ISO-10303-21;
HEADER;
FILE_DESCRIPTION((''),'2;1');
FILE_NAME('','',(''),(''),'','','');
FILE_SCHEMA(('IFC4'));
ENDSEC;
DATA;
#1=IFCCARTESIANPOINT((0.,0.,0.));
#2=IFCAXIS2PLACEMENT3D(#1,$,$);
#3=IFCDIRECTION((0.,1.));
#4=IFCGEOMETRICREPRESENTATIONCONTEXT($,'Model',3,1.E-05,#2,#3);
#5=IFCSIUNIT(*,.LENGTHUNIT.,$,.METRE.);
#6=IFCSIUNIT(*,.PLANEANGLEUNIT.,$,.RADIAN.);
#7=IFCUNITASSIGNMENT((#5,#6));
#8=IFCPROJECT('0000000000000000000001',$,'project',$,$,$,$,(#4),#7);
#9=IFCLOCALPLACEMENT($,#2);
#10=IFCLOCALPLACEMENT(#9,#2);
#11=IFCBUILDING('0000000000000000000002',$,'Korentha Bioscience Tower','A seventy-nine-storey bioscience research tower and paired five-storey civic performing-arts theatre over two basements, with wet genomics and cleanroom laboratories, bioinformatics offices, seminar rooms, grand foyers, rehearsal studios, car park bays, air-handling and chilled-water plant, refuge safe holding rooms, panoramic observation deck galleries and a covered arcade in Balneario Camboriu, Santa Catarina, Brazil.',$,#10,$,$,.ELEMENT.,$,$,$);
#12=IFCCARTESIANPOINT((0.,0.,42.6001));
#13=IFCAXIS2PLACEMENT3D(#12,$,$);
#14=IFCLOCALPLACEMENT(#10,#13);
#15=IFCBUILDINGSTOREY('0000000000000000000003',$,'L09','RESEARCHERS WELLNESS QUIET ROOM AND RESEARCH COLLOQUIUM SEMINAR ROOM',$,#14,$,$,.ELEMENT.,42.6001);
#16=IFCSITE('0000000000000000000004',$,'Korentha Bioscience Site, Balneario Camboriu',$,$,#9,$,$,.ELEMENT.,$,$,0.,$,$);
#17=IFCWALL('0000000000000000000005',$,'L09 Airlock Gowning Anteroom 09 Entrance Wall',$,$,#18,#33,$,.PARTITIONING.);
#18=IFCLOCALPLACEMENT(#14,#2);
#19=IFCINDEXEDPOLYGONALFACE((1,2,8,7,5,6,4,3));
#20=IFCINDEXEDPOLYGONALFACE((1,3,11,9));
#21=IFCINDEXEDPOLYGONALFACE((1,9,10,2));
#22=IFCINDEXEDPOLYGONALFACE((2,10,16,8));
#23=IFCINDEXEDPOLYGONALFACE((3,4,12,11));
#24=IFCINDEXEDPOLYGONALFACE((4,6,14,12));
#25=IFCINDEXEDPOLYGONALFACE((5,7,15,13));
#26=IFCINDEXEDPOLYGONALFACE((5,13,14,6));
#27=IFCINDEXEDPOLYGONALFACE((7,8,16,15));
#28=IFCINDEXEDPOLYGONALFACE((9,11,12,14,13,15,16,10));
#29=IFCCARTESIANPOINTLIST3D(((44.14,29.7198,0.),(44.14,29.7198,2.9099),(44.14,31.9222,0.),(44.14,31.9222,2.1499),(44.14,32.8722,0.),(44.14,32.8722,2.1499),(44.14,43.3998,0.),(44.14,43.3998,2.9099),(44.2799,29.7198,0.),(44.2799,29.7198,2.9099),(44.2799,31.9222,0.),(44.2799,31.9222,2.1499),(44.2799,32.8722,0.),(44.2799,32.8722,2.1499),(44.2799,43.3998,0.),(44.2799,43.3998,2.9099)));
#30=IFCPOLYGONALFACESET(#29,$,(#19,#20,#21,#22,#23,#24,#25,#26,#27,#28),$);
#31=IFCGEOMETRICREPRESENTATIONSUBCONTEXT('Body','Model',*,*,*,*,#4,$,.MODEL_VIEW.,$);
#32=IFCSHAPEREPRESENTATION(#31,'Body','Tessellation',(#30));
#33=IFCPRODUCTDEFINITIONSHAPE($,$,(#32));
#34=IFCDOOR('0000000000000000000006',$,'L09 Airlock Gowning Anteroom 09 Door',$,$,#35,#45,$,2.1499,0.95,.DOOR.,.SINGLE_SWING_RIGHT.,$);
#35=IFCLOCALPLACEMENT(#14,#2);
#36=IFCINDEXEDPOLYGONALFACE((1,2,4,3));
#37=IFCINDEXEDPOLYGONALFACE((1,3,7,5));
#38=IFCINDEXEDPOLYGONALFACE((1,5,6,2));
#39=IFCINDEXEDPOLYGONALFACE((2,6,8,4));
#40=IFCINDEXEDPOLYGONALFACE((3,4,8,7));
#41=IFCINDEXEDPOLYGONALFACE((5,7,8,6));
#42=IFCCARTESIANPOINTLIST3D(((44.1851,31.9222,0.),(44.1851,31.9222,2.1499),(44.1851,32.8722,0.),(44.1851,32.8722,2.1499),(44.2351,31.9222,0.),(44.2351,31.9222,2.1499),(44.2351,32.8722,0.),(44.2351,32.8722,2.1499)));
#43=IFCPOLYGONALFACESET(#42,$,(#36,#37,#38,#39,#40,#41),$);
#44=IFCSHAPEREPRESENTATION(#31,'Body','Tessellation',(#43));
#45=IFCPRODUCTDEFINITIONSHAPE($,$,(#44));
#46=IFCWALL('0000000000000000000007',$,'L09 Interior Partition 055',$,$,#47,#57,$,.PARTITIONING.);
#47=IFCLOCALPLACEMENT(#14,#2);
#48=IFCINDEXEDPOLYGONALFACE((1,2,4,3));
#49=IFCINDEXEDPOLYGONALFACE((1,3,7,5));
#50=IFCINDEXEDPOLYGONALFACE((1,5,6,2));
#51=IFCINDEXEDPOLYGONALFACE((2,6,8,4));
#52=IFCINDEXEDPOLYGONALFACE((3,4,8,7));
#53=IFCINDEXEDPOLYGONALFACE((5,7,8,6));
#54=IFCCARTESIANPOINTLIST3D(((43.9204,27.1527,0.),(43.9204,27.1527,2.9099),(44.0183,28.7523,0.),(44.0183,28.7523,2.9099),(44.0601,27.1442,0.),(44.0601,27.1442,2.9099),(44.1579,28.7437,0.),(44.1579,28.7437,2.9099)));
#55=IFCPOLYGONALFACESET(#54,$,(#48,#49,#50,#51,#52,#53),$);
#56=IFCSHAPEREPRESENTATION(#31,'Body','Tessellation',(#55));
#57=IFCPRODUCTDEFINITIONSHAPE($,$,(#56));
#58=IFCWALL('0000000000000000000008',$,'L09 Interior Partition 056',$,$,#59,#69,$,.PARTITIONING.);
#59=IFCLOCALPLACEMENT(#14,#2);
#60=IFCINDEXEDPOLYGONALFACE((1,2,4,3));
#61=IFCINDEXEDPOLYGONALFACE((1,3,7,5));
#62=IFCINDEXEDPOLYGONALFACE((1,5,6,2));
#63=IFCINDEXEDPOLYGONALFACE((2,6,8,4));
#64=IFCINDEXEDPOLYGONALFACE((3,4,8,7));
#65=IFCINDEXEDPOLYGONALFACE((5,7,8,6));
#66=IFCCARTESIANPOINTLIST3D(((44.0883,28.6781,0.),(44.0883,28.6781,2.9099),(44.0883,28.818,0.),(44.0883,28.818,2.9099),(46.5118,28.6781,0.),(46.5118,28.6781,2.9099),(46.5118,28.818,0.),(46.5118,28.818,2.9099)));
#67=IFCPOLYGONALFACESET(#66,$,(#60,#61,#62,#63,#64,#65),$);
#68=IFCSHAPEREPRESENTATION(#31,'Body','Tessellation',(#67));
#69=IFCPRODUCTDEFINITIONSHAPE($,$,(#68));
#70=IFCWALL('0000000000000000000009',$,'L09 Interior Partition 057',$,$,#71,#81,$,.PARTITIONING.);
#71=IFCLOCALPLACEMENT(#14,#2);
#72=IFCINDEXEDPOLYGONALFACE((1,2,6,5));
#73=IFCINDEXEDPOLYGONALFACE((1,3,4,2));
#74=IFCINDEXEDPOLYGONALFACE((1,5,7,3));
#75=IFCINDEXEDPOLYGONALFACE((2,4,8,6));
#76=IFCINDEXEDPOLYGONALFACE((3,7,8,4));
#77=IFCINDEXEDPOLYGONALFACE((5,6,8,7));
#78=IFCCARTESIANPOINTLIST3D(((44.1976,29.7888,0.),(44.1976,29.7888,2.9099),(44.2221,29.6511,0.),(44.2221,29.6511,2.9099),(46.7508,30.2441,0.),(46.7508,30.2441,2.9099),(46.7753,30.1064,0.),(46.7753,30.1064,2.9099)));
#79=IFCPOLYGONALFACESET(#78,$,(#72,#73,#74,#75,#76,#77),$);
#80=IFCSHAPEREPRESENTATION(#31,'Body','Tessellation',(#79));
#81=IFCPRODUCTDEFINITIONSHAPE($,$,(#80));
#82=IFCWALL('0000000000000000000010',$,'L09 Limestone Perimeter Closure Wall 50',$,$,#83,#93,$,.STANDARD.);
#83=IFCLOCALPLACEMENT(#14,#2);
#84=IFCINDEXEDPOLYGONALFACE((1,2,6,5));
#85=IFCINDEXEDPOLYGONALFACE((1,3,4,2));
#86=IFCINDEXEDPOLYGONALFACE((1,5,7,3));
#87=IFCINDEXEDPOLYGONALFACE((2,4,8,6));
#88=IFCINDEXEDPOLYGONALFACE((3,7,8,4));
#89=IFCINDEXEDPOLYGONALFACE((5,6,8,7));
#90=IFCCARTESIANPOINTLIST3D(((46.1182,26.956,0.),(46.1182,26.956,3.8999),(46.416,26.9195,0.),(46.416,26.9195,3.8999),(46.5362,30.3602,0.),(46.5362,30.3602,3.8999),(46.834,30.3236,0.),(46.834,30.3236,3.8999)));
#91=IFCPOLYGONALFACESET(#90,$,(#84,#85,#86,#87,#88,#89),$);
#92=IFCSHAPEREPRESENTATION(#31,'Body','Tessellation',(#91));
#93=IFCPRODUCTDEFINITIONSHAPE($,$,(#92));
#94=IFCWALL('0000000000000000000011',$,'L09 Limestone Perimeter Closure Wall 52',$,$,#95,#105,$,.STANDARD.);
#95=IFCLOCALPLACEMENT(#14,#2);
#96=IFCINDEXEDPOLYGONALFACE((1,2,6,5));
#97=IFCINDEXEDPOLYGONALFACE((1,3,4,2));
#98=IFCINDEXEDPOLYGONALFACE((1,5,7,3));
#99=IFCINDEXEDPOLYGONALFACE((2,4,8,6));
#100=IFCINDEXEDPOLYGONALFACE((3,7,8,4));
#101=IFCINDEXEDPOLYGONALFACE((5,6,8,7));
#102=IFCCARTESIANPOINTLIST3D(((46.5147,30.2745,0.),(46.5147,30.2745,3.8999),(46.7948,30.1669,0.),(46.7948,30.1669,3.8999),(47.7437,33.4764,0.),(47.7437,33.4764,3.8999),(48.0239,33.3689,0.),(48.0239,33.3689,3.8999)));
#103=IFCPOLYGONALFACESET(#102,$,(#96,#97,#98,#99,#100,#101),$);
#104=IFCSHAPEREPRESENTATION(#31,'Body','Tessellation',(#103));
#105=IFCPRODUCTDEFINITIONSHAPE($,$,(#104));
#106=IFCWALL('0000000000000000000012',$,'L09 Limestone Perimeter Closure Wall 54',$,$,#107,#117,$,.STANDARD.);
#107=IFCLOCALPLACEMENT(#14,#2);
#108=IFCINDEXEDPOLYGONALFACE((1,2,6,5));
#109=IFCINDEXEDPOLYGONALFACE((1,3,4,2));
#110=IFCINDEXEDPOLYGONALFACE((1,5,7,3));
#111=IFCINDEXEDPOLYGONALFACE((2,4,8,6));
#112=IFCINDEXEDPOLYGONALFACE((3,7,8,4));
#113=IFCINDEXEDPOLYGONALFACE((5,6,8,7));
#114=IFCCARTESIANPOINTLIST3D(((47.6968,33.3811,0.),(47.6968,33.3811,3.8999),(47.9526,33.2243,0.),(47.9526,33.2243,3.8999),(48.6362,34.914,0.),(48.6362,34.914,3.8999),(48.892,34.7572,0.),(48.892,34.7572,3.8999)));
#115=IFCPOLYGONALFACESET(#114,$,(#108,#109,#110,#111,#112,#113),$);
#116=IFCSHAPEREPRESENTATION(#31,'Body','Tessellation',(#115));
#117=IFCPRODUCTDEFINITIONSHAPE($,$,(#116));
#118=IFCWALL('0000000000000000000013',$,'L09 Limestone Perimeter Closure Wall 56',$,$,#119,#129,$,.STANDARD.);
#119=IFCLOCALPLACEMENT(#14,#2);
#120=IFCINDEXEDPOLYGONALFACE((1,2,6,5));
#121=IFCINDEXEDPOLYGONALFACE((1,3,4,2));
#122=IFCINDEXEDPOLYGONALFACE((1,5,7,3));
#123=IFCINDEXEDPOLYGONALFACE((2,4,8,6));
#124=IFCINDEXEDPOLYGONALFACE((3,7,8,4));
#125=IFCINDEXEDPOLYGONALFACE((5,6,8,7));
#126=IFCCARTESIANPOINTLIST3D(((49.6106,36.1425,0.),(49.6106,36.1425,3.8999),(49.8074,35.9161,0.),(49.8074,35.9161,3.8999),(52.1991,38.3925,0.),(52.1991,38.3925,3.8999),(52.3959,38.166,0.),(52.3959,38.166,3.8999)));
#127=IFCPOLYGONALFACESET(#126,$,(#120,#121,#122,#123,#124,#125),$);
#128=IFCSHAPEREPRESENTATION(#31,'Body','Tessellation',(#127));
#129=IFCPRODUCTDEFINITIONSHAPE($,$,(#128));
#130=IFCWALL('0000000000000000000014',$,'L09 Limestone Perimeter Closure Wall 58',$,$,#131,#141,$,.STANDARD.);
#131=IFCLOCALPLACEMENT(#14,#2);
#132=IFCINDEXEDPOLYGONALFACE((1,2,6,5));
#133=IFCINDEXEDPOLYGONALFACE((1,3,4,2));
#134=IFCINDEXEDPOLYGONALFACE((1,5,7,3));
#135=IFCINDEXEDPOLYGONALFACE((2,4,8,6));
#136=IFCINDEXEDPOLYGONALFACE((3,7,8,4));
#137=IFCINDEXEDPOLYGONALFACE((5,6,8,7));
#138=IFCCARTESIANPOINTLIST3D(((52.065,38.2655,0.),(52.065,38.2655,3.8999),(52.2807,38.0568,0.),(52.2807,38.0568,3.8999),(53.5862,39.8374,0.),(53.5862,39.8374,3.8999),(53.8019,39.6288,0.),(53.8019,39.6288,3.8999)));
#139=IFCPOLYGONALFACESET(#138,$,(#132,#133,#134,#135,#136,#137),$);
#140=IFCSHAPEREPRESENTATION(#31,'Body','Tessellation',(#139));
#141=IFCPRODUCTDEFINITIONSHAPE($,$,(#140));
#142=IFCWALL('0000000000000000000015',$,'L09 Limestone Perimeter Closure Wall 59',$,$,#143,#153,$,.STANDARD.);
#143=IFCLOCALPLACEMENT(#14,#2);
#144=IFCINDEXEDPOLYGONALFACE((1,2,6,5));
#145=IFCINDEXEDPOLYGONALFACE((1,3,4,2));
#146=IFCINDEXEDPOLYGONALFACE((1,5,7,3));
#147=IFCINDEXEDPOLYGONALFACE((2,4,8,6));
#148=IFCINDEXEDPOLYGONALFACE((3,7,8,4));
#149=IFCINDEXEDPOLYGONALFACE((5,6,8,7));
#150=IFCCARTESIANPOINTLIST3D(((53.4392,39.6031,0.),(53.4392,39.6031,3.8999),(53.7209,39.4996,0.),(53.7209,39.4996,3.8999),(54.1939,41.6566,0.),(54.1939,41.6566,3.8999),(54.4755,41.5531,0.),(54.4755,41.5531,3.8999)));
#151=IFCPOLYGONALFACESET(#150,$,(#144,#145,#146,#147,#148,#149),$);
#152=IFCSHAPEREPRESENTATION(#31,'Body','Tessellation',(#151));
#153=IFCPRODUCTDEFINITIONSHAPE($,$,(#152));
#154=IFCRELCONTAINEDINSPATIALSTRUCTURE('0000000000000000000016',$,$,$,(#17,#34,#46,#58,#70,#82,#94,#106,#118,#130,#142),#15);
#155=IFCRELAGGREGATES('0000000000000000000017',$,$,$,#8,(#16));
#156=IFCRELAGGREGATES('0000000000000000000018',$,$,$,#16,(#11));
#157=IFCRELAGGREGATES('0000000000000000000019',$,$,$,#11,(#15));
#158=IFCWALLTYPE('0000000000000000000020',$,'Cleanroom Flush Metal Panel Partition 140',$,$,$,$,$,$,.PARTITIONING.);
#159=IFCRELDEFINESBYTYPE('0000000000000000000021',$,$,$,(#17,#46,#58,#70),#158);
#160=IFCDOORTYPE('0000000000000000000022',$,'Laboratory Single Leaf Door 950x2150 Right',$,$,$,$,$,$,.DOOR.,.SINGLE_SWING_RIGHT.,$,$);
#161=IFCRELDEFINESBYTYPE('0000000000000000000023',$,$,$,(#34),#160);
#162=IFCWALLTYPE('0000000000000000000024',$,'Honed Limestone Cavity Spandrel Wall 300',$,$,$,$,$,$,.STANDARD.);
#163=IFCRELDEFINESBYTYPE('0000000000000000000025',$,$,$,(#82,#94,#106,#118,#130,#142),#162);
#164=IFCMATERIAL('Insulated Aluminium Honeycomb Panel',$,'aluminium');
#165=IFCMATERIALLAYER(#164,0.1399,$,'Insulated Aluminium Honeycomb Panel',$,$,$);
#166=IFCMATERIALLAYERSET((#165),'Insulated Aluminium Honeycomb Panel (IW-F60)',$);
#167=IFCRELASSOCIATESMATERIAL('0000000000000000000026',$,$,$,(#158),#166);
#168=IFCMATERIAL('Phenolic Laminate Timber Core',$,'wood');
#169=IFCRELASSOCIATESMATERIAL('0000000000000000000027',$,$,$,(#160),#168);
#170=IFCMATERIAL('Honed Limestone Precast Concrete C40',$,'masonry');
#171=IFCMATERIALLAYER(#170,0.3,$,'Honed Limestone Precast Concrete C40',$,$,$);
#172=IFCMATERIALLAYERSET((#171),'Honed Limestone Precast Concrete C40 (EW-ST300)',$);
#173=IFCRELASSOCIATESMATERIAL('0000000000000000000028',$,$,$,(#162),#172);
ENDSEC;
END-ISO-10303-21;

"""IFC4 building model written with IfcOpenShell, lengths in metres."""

from ifc_helpers import new_model, si_unit, direction, frame, frame_2d, origin, place, context, subcontext, project, spatial, rectangle, extrude, material, layer, layer_set, type_object, element, fill, save


model = new_model("IFC4")

# Units and contexts
model_context = context("Model", 3, precision=1e-05, world=origin(), true_north=direction((0.0, 1.0)))
body_context = subcontext(model_context, "Body", "Model", "MODEL_VIEW")
ifc_project = project(units=[si_unit("LENGTHUNIT", "METRE"), si_unit("PLANEANGLEUNIT", "RADIAN")], contexts=[model_context])

# Site, building, storey
site_placement = place(None, origin())
site = spatial("IfcSite", under=ifc_project, at=site_placement, Name="Korentha Bioscience Site, Balneario Camboriu", CompositionType="ELEMENT", RefElevation=0.0)
building_placement = place(site_placement, origin())
building = spatial("IfcBuilding", under=site, at=building_placement, Name="Korentha Bioscience Tower", Description="A seventy-nine-storey bioscience research tower and paired five-storey civic performing-arts theatre over two basements, with wet genomics and cleanroom laboratories, bioinformatics offices, seminar rooms, grand foyers, rehearsal studios, car park bays, air-handling and chilled-water plant, refuge safe holding rooms, panoramic observation deck galleries and a covered arcade in Balneario Camboriu, Santa Catarina, Brazil.", CompositionType="ELEMENT")
storey_placement = place(building_placement, frame((0.0, 0.0, 42.6001)))
storey = spatial("IfcBuildingStorey", under=building, at=storey_placement, Name="L09", Description="RESEARCHERS WELLNESS QUIET ROOM AND RESEARCH COLLOQUIUM SEMINAR ROOM", CompositionType="ELEMENT", Elevation=42.6001)

# Wall, opening, door
ifc_material_1 = material(Name="Insulated Aluminium Honeycomb Panel", Category="aluminium")
ifc_layer_1 = layer(ifc_material_1, 0.1399, Name="Insulated Aluminium Honeycomb Panel")
ifc_layer_set_1 = layer_set([ifc_layer_1], Name="Insulated Aluminium Honeycomb Panel (IW-F60)")
wall_type_1 = type_object("IfcWallType", Name="Cleanroom Flush Metal Panel Partition 140", PredefinedType="PARTITIONING", material=ifc_layer_set_1)
wall_1_placement = place(storey_placement, frame((44.21, 29.72, 0.0), z_axis=(0.0, 0.0, 1.0), x_axis=(0.0, 1.0, 0.0)))
wall_1 = element("IfcWall", 1, at=wall_1_placement, inside=storey, type_object=wall_type_1, Name="L09 Airlock Gowning Anteroom 09 Entrance Wall", PredefinedType="PARTITIONING", context=body_context, shape_type="SweptSolid", body=[
    extrude(rectangle(XDim=13.6799, YDim=0.1399, at=frame_2d((6.8398, 0.0))), origin(), (0.0, 0.0, 1.0), 2.9099),
])
opening_placement = place(wall_1_placement, frame((2.2021, 0.0, 0.0)))
opening = element("IfcOpeningElement", 2, at=opening_placement, cuts=wall_1, PredefinedType="OPENING", context=body_context, shape_type="SweptSolid", body=[
    extrude(rectangle(XDim=0.95, YDim=2.1499, at=frame_2d((0.4751, 1.075))), frame((0.0, 0.085, 0.0), z_axis=(0.0, -1.0, 0.0), x_axis=(1.0, 0.0, 0.0)), (0.0, 0.0, 1.0), 0.1697),
])
ifc_material_2 = material(Name="Phenolic Laminate Timber Core", Category="wood")
door_type = type_object("IfcDoorType", Name="Laboratory Single Leaf Door 950x2150 Right", OperationType="SINGLE_SWING_RIGHT", PredefinedType="DOOR", material=ifc_material_2)
door_placement = place(opening_placement, origin())
door = element("IfcDoor", 3, at=door_placement, inside=storey, type_object=door_type, Name="L09 Airlock Gowning Anteroom 09 Door", OperationType="SINGLE_SWING_RIGHT", OverallHeight=2.1499, OverallWidth=0.95, PredefinedType="DOOR", context=body_context, shape_type="SweptSolid", body=[
    extrude(rectangle(XDim=0.95, YDim=2.1499, at=frame_2d((0.4751, 1.075))), frame((0.0, 0.0249, 0.0), z_axis=(0.0, -1.0, 0.0), x_axis=(1.0, 0.0, 0.0)), (0.0, 0.0, 1.0), 0.05),
])
fill(opening, door)

# Walls
wall_2_placement = place(storey_placement, frame((43.9902, 27.1484, 0.0), z_axis=(0.0, 0.0, 1.0), x_axis=(0.061088, 0.998132, 0.0)))
element("IfcWall", 4, at=wall_2_placement, inside=storey, type_object=wall_type_1, Name="L09 Interior Partition 055", PredefinedType="PARTITIONING", context=body_context, shape_type="SweptSolid", body=[
    extrude(rectangle(XDim=1.6025, YDim=0.1399, at=frame_2d((0.8013, 0.0))), origin(), (0.0, 0.0, 1.0), 2.9099),
])
wall_3_placement = place(storey_placement, frame((44.0881, 28.748, 0.0), z_axis=(0.0, 0.0, 1.0), x_axis=(1.0, 0.0, 0.0)))
element("IfcWall", 5, at=wall_3_placement, inside=storey, type_object=wall_type_1, Name="L09 Interior Partition 056", PredefinedType="PARTITIONING", context=body_context, shape_type="SweptSolid", body=[
    extrude(rectangle(XDim=2.4236, YDim=0.1399, at=frame_2d((1.2119, 0.0))), origin(), (0.0, 0.0, 1.0), 2.9099),
])
wall_4_placement = place(storey_placement, frame((46.7632, 30.1753, 0.0), z_axis=(0.0, 0.0, 1.0), x_axis=(-0.984468, -0.175563, 0.0)))
element("IfcWall", 6, at=wall_4_placement, inside=storey, type_object=wall_type_1, Name="L09 Interior Partition 057", PredefinedType="PARTITIONING", context=body_context, shape_type="SweptSolid", body=[
    extrude(rectangle(XDim=2.5935, YDim=0.1399, at=frame_2d((1.2969, 0.0))), origin(), (0.0, 0.0, 1.0), 2.9099),
])
ifc_material_3 = material(Name="Honed Limestone Precast Concrete C40", Category="masonry")
ifc_layer_2 = layer(ifc_material_3, 0.3, Name="Honed Limestone Precast Concrete C40")
ifc_layer_set_2 = layer_set([ifc_layer_2], Name="Honed Limestone Precast Concrete C40 (EW-ST300)")
wall_type_2 = type_object("IfcWallType", Name="Honed Limestone Cavity Spandrel Wall 300", PredefinedType="STANDARD", material=ifc_layer_set_2)
for number, where, z_axis, x_axis, name in (
    (7, (46.2671, 26.9377, 0.0), (0.0, 0.0, 1.0), (0.12187, 0.992546, 0.0), "L09 Limestone Perimeter Closure Wall 50"),
    (8, (46.6548, 30.2207, 0.0), (0.0, 0.0, 1.0), (0.358345, 0.933589, 0.0), "L09 Limestone Perimeter Closure Wall 52"),
):
    element("IfcWall", number, at=place(storey_placement, frame(where, z_axis=z_axis, x_axis=x_axis)), inside=storey, type_object=wall_type_2, Name=name, PredefinedType="STANDARD", context=body_context, shape_type="SweptSolid", body=[
        extrude(rectangle(XDim=3.4297, YDim=0.3, at=frame_2d((1.7148, 0.0))), origin(), (0.0, 0.0, 1.0), 3.8999),
    ])
wall_5_placement = place(storey_placement, frame((47.8247, 33.3027, 0.0), z_axis=(0.0, 0.0, 1.0), x_axis=(0.522521, 0.852627, 0.0)))
element("IfcWall", 9, at=wall_5_placement, inside=storey, type_object=wall_type_2, Name="L09 Limestone Perimeter Closure Wall 54", PredefinedType="STANDARD", context=body_context, shape_type="SweptSolid", body=[
    extrude(rectangle(XDim=1.7979, YDim=0.3, at=frame_2d((0.8989, 0.0))), origin(), (0.0, 0.0, 1.0), 3.8999),
])
wall_6_placement = place(storey_placement, frame((49.709, 36.0293, 0.0), z_axis=(0.0, 0.0, 1.0), x_axis=(0.754746, 0.656017, 0.0)))
element("IfcWall", 10, at=wall_6_placement, inside=storey, type_object=wall_type_2, Name="L09 Limestone Perimeter Closure Wall 56", PredefinedType="STANDARD", context=body_context, shape_type="SweptSolid", body=[
    extrude(rectangle(XDim=3.4297, YDim=0.3, at=frame_2d((1.7148, 0.0))), origin(), (0.0, 0.0, 1.0), 3.8999),
])
wall_7_placement = place(storey_placement, frame((52.1729, 38.1611, 0.0), z_axis=(0.0, 0.0, 1.0), x_axis=(0.695405, 0.718618, 0.0)))
element("IfcWall", 11, at=wall_7_placement, inside=storey, type_object=wall_type_2, Name="L09 Limestone Perimeter Closure Wall 58", PredefinedType="STANDARD", context=body_context, shape_type="SweptSolid", body=[
    extrude(rectangle(XDim=2.1875, YDim=0.3, at=frame_2d((1.0938, 0.0))), origin(), (0.0, 0.0, 1.0), 3.8999),
])
wall_8_placement = place(storey_placement, frame((53.5801, 39.5515, 0.0), z_axis=(0.0, 0.0, 1.0), x_axis=(0.34494, 0.938625, 0.0)))
element("IfcWall", 12, at=wall_8_placement, inside=storey, type_object=wall_type_2, Name="L09 Limestone Perimeter Closure Wall 59", PredefinedType="STANDARD", context=body_context, shape_type="SweptSolid", body=[
    extrude(rectangle(XDim=2.1877, YDim=0.3, at=frame_2d((1.0938, 0.0))), origin(), (0.0, 0.0, 1.0), 3.8999),
])

save(model, "model.ifc")
